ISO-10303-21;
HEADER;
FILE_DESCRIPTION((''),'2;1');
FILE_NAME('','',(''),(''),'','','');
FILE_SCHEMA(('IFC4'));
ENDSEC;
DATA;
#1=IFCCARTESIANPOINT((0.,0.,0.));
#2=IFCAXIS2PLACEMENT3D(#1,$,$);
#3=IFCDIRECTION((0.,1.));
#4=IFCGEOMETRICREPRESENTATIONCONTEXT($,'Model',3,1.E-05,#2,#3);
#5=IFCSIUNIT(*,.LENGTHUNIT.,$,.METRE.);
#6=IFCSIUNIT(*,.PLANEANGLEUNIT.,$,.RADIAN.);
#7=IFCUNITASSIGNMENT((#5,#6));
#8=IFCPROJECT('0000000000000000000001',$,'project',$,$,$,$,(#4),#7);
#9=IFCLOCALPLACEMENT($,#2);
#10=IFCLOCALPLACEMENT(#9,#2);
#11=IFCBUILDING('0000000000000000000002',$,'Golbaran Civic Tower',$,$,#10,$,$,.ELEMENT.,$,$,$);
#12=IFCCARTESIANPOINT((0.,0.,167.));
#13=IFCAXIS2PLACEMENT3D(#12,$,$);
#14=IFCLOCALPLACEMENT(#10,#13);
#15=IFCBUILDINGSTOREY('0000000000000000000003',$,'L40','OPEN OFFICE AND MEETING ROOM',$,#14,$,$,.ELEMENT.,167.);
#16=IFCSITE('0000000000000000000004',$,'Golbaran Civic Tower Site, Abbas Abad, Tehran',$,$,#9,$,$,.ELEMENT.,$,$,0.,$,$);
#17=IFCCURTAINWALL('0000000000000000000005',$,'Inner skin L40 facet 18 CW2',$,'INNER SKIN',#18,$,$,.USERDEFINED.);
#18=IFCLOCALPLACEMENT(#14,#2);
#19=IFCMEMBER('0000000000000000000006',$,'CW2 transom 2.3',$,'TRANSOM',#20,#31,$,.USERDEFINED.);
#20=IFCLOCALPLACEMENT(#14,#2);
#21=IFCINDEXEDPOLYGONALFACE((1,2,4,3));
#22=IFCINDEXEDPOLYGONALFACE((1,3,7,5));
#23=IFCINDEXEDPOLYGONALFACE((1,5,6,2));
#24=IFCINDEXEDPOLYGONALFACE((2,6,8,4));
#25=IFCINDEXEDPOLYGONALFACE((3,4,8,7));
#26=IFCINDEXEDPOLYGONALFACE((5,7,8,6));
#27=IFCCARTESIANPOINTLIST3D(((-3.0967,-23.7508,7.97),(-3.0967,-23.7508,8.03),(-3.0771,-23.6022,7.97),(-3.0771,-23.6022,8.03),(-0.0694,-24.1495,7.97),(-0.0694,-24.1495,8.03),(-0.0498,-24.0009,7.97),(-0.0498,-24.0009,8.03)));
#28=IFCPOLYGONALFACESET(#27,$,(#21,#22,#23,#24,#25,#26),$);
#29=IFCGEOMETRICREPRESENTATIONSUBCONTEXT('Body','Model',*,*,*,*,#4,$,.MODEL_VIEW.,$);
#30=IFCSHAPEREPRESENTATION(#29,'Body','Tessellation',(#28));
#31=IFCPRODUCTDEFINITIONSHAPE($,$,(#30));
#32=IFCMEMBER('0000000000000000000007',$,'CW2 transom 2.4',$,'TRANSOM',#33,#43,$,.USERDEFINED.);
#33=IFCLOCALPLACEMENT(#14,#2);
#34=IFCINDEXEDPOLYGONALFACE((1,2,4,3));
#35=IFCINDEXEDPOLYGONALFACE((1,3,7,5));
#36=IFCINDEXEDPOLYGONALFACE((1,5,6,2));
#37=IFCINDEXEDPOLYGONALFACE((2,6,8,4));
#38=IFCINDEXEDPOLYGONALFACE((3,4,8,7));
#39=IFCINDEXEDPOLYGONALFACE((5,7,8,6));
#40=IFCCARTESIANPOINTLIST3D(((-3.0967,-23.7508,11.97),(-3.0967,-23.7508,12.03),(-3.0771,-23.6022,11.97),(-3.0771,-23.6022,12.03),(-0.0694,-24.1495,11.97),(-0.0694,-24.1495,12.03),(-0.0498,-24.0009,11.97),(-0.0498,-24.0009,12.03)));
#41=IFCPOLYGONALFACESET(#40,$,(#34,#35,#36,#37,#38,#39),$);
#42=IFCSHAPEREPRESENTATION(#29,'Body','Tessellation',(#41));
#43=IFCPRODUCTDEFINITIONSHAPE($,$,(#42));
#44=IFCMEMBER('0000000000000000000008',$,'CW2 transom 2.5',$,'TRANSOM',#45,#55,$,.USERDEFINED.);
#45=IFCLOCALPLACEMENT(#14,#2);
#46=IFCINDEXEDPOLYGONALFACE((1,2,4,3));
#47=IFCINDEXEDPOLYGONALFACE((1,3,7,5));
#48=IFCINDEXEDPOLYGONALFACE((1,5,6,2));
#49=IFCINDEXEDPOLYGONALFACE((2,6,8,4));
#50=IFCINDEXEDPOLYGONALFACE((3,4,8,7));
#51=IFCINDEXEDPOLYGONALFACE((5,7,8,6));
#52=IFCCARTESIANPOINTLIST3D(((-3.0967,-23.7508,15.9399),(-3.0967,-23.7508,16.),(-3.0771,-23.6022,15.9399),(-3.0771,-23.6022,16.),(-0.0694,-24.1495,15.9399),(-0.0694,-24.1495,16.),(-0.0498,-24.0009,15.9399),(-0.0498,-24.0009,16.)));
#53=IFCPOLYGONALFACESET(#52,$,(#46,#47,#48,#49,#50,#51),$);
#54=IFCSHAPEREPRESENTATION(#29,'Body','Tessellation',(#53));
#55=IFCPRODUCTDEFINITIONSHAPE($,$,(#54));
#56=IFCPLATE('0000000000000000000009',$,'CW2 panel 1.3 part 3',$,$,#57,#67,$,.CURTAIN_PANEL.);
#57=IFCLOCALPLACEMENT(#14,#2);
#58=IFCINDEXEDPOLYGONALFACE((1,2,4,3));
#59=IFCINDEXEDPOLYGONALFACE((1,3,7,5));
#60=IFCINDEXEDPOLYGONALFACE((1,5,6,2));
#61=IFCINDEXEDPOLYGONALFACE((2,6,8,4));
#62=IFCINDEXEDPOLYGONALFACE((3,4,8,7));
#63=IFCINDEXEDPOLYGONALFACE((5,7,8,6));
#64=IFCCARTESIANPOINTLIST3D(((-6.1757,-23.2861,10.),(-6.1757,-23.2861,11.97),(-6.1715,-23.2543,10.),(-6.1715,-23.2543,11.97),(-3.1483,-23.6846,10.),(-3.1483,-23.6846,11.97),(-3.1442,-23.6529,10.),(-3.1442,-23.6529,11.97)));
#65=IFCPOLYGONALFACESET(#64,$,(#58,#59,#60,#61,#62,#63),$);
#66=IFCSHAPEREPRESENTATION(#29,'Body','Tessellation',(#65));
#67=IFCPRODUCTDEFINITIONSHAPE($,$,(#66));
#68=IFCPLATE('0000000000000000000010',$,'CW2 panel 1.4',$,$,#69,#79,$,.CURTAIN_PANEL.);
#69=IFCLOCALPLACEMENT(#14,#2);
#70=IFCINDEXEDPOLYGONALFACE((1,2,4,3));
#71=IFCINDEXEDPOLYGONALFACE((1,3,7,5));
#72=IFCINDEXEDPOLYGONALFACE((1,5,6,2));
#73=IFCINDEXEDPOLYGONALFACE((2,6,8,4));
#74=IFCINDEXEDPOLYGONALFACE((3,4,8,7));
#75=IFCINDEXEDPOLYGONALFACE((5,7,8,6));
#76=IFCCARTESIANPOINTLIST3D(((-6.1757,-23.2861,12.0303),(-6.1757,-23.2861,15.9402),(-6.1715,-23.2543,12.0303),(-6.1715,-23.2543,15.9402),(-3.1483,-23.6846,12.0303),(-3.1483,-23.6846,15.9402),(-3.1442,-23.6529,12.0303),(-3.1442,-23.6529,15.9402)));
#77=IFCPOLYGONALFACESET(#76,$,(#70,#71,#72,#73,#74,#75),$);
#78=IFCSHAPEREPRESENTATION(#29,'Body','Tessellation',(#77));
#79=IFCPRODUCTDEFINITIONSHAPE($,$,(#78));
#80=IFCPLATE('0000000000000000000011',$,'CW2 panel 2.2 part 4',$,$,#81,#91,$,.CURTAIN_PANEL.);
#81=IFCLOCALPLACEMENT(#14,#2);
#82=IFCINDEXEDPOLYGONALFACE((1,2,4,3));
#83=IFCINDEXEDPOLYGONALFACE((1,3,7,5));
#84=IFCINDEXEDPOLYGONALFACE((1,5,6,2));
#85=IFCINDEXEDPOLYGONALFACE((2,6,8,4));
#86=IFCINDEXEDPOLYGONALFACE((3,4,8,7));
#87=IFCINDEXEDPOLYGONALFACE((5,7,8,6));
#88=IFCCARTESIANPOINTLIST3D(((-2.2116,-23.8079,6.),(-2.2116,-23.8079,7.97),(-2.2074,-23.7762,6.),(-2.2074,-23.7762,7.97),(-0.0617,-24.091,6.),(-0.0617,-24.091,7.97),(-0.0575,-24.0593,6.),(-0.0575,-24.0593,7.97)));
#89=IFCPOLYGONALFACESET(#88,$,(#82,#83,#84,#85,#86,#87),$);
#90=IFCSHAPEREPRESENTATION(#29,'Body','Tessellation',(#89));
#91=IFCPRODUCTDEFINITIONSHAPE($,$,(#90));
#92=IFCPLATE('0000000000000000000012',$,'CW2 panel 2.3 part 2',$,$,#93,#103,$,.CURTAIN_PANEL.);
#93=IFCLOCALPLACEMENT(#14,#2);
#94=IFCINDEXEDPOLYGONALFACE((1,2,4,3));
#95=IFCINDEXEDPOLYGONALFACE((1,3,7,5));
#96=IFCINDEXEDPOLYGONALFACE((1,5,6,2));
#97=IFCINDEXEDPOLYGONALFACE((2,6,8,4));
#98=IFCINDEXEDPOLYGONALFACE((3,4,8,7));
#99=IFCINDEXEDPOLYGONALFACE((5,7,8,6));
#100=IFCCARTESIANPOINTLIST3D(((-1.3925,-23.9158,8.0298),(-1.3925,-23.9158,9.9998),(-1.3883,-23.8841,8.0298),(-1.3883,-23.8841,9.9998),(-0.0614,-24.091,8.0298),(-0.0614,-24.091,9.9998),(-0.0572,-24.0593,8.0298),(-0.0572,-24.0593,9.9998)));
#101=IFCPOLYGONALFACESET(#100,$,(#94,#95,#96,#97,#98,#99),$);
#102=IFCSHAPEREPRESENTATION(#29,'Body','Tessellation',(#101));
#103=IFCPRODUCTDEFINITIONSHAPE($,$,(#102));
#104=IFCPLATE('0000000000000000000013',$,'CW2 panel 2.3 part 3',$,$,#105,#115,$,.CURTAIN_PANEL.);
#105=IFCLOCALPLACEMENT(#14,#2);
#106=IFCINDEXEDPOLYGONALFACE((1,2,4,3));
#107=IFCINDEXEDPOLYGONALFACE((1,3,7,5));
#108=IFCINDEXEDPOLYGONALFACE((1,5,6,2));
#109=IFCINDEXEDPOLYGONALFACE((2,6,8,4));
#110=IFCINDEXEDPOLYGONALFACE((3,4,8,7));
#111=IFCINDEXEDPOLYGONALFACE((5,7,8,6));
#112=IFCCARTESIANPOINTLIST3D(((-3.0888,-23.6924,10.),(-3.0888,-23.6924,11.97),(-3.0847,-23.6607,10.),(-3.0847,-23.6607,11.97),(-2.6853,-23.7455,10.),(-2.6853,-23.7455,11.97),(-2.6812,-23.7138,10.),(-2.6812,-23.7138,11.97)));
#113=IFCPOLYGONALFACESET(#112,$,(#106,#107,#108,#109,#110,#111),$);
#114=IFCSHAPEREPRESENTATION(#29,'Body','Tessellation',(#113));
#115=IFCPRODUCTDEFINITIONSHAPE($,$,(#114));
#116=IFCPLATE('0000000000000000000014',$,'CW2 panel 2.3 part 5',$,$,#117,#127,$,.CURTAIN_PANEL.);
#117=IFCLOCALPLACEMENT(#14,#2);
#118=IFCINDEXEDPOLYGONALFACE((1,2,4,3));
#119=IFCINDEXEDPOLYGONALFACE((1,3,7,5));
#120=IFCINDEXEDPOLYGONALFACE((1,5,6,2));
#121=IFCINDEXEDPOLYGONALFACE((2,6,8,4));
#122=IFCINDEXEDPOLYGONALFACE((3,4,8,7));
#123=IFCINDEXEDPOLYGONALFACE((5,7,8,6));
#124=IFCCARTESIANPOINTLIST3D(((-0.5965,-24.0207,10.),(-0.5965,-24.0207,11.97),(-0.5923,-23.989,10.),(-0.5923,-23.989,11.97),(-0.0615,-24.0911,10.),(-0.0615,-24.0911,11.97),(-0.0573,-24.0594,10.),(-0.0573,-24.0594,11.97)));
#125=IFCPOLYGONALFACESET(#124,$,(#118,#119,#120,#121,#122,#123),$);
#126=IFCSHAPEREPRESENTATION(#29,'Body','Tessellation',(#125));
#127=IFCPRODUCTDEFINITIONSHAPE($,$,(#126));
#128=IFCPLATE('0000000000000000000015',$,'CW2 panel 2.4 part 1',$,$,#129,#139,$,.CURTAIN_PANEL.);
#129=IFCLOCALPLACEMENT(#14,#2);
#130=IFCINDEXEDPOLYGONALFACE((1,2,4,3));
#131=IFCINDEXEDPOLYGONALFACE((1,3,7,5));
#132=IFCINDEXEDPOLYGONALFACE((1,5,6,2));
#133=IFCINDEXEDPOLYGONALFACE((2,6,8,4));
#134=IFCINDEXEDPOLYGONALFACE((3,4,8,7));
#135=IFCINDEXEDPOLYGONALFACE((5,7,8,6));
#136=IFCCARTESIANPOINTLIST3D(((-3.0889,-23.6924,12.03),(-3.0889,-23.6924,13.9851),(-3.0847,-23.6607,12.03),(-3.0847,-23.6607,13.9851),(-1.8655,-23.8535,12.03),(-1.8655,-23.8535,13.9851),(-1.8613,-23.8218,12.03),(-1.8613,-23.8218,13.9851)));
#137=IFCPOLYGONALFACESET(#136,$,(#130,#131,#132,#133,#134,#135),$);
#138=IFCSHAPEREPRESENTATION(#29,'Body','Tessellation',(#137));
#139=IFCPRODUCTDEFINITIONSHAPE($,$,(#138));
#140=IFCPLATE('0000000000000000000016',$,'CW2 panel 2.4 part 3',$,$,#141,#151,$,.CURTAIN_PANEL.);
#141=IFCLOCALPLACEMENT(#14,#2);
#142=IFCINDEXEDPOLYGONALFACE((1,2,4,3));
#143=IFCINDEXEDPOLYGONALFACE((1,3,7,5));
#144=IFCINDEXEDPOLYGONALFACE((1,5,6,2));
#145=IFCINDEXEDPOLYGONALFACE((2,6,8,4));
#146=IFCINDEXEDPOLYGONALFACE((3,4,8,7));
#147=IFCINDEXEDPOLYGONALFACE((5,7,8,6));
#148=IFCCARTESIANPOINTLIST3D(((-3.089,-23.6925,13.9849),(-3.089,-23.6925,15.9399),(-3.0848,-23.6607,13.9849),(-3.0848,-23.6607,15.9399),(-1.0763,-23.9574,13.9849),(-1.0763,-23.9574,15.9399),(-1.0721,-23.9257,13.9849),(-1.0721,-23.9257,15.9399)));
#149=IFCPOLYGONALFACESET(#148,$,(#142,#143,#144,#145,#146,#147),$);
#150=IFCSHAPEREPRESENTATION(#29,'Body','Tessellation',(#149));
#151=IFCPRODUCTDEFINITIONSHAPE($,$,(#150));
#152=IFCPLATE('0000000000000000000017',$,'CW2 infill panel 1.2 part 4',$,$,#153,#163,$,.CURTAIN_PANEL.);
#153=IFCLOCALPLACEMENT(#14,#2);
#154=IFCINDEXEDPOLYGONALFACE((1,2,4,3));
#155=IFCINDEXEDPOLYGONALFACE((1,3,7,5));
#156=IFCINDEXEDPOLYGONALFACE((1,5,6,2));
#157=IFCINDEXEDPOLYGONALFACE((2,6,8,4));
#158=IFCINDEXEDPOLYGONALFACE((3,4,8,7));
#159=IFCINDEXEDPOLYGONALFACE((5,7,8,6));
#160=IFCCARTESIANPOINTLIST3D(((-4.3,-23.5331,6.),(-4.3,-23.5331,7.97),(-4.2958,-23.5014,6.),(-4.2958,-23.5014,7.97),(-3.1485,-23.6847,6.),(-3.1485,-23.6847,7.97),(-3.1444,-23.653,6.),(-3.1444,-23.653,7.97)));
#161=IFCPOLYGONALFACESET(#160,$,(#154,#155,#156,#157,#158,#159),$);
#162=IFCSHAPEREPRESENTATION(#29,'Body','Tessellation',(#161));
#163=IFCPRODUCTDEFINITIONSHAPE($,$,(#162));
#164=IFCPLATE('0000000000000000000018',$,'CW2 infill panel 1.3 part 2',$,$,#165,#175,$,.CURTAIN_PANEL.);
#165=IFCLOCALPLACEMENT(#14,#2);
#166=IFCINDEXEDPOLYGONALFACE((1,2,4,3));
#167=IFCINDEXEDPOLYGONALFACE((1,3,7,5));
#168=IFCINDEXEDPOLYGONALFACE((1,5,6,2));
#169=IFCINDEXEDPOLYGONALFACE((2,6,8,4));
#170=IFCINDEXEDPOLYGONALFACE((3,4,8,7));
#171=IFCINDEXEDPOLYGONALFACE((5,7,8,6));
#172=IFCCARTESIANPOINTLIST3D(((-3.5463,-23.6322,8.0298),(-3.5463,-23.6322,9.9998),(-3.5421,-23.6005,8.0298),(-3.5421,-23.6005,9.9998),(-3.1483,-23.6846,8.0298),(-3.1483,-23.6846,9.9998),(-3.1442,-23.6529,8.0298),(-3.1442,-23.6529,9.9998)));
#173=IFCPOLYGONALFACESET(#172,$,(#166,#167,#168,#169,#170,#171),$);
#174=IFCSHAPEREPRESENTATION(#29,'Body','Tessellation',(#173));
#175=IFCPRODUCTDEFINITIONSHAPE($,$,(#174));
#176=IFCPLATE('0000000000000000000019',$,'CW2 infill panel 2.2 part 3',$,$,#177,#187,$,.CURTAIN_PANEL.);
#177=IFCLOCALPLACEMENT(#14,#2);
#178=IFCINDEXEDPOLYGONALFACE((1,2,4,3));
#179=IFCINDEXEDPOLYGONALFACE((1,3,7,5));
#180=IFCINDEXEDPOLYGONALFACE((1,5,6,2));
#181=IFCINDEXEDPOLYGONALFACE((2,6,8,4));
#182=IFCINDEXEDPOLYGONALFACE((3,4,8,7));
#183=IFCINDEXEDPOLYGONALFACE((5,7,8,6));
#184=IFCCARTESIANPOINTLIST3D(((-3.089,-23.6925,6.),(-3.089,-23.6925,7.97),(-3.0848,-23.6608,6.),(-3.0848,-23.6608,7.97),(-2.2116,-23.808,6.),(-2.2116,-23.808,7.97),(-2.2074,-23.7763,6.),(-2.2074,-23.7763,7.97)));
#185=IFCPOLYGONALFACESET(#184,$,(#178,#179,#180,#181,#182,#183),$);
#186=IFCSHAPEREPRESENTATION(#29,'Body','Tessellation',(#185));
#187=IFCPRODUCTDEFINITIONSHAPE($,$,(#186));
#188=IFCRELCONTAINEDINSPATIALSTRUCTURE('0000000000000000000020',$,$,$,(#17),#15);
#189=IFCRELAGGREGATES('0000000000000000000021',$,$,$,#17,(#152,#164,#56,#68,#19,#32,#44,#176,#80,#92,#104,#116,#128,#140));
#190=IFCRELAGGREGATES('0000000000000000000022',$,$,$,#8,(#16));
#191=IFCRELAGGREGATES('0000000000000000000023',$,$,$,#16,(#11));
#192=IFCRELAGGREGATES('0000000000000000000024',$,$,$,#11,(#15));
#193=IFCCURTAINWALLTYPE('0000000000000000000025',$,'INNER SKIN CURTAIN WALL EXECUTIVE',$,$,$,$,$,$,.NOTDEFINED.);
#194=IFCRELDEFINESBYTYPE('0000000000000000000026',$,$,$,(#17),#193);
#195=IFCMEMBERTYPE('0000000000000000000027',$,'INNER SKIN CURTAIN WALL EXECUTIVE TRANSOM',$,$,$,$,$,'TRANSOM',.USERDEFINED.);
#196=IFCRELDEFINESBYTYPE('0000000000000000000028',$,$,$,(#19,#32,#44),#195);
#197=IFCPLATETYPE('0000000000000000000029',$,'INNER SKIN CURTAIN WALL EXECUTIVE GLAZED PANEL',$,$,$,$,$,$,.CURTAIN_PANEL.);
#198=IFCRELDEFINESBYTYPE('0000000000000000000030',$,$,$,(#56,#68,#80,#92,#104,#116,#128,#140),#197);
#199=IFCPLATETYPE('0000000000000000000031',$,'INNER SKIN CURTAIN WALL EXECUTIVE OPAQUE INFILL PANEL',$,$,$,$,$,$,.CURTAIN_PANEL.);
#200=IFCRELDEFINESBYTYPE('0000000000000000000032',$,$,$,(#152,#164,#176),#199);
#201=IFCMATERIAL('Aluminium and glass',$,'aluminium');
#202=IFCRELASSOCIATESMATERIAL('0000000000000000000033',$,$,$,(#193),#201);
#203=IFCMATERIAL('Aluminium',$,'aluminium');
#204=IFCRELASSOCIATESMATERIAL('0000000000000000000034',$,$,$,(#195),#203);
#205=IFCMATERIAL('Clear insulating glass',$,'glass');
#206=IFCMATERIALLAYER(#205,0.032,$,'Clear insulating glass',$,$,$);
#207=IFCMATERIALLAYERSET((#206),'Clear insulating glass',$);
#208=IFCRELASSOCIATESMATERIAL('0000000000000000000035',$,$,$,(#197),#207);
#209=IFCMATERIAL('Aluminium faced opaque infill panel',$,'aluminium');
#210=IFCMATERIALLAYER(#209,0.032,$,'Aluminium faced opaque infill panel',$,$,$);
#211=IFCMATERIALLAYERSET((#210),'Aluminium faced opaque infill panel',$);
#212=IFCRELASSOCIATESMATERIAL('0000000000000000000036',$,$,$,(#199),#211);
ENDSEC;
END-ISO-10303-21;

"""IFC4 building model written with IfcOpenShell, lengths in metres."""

from ifc_helpers import new_model, si_unit, direction, frame, origin, origin_2d, place, context, subcontext, project, spatial, rectangle, extrude, material, layer, layer_set, material_profile, profile_set, type_object, element, aggregate, save


model = new_model("IFC4")

# Units and contexts
model_context = context("Model", 3, precision=1e-05, world=origin(), true_north=direction((0.0, 1.0)))
body_context = subcontext(model_context, "Body", "Model", "MODEL_VIEW")
ifc_project = project(units=[si_unit("LENGTHUNIT", "METRE"), si_unit("PLANEANGLEUNIT", "RADIAN")], contexts=[model_context])

# Site, building, storey
site_placement = place(None, origin())
site = spatial("IfcSite", under=ifc_project, at=site_placement, Name="Golbaran Civic Tower Site, Abbas Abad, Tehran", CompositionType="ELEMENT", RefElevation=0.0)
building_placement = place(site_placement, origin())
building = spatial("IfcBuilding", under=site, at=building_placement, Name="Golbaran Civic Tower", CompositionType="ELEMENT")
storey_placement = place(building_placement, frame((0.0, 0.0, 167.0)))
storey = spatial("IfcBuildingStorey", under=building, at=storey_placement, Name="L40", Description="OPEN OFFICE AND MEETING ROOM", CompositionType="ELEMENT", Elevation=167.0)

# Curtain wall, members, plates
ifc_material_1 = material(Name="Aluminium and glass", Category="aluminium")
curtain_wall_type_1 = type_object("IfcCurtainWallType", Name="INNER SKIN CURTAIN WALL EXECUTIVE", PredefinedType="NOTDEFINED", material=ifc_material_1)
curtain_wall_1_placement = place(storey_placement, origin())
curtain_wall_1 = element("IfcCurtainWall", 1, at=curtain_wall_1_placement, inside=storey, type_object=curtain_wall_type_1, Name="Inner skin L40 facet 18 CW2", ObjectType="INNER SKIN", PredefinedType="USERDEFINED")
ifc_material_2 = material(Name="Aluminium", Category="aluminium")
ifc_material_profile = material_profile(ifc_material_2, rectangle(XDim=0.1499, YDim=0.0601, at=origin_2d()), Name="INNER SKIN CURTAIN WALL EXECUTIVE TRANSOM")
ifc_profile_set = profile_set([ifc_material_profile], Name="Aluminium")
member_type = type_object("IfcMemberType", Name="INNER SKIN CURTAIN WALL EXECUTIVE TRANSOM", ElementType="TRANSOM", PredefinedType="USERDEFINED", material=ifc_profile_set)
member_1_placement = place(storey_placement, frame((-3.0869, -23.6765, 8.0), z_axis=(0.99144, -0.130566, 0.0), x_axis=(0.130566, 0.99144, 0.0)))
member_1 = element("IfcMember", 2, at=member_1_placement, type_object=member_type, Name="CW2 transom 2.3", ObjectType="TRANSOM", PredefinedType="USERDEFINED", context=body_context, shape_type="SweptSolid", body=[
    extrude(rectangle(XDim=0.1499, YDim=0.0601, at=origin_2d()), origin(), (0.0, 0.0, 1.0), 3.0535),
])
member_2_placement = place(storey_placement, frame((-3.0869, -23.6765, 12.0), z_axis=(0.99144, -0.130566, 0.0), x_axis=(0.130566, 0.99144, 0.0)))
member_2 = element("IfcMember", 3, at=member_2_placement, type_object=member_type, Name="CW2 transom 2.4", ObjectType="TRANSOM", PredefinedType="USERDEFINED", context=body_context, shape_type="SweptSolid", body=[
    extrude(rectangle(XDim=0.1499, YDim=0.0601, at=origin_2d()), origin(), (0.0, 0.0, 1.0), 3.0535),
])
member_3_placement = place(storey_placement, frame((-3.0869, -23.6765, 15.97), z_axis=(0.99144, -0.130566, 0.0), x_axis=(0.130566, 0.99144, 0.0)))
member_3 = element("IfcMember", 4, at=member_3_placement, type_object=member_type, Name="CW2 transom 2.5", ObjectType="TRANSOM", PredefinedType="USERDEFINED", context=body_context, shape_type="SweptSolid", body=[
    extrude(rectangle(XDim=0.1499, YDim=0.0601, at=origin_2d()), origin(), (0.0, 0.0, 1.0), 3.0535),
])
ifc_material_3 = material(Name="Clear insulating glass", Category="glass")
ifc_layer_1 = layer(ifc_material_3, 0.032, Name="Clear insulating glass")
ifc_layer_set_1 = layer_set([ifc_layer_1], Name="Clear insulating glass")
plate_type_1 = type_object("IfcPlateType", Name="INNER SKIN CURTAIN WALL EXECUTIVE GLAZED PANEL", PredefinedType="CURTAIN_PANEL", material=ifc_layer_set_1)
plate_1_placement = place(storey_placement, frame((-4.6599, -23.4695, 10.0), z_axis=(0.0, 0.0, 1.0), x_axis=(0.991445, -0.130526, 0.0)))
plate_1 = element("IfcPlate", 5, at=plate_1_placement, type_object=plate_type_1, Name="CW2 panel 1.3 part 3", PredefinedType="CURTAIN_PANEL", context=body_context, shape_type="SweptSolid", body=[
    extrude(rectangle(XDim=3.0535, YDim=0.032, at=origin_2d()), origin(), (0.0, 0.0, 1.0), 1.97),
])
plate_2_placement = place(storey_placement, frame((-4.6599, -23.4695, 12.0303), z_axis=(0.0, 0.0, 1.0), x_axis=(0.991445, -0.130526, 0.0)))
plate_2 = element("IfcPlate", 6, at=plate_2_placement, type_object=plate_type_1, Name="CW2 panel 1.4", PredefinedType="CURTAIN_PANEL", context=body_context, shape_type="SweptSolid", body=[
    extrude(rectangle(XDim=3.0535, YDim=0.032, at=origin_2d()), origin(), (0.0, 0.0, 1.0), 3.9099),
])
plate_3_placement = place(storey_placement, frame((-1.1345, -23.9336, 6.0), z_axis=(0.0, 0.0, 1.0), x_axis=(0.991445, -0.130526, 0.0)))
plate_3 = element("IfcPlate", 7, at=plate_3_placement, type_object=plate_type_1, Name="CW2 panel 2.2 part 4", PredefinedType="CURTAIN_PANEL", context=body_context, shape_type="SweptSolid", body=[
    extrude(rectangle(XDim=2.1685, YDim=0.032, at=origin_2d()), origin(), (0.0, 0.0, 1.0), 1.97),
])
plate_4_placement = place(storey_placement, frame((-0.7249, -23.9875, 8.0298), z_axis=(0.0, 0.0, 1.0), x_axis=(0.991445, -0.130526, 0.0)))
plate_4 = element("IfcPlate", 8, at=plate_4_placement, type_object=plate_type_1, Name="CW2 panel 2.3 part 2", PredefinedType="CURTAIN_PANEL", context=body_context, shape_type="SweptSolid", body=[
    extrude(rectangle(XDim=1.3425, YDim=0.032, at=origin_2d()), origin(), (0.0, 0.0, 1.0), 1.97),
])
plate_5_placement = place(storey_placement, frame((-2.885, -23.7031, 10.0), z_axis=(0.0, 0.0, 1.0), x_axis=(0.991445, -0.130526, 0.0)))
plate_5 = element("IfcPlate", 9, at=plate_5_placement, type_object=plate_type_1, Name="CW2 panel 2.3 part 3", PredefinedType="CURTAIN_PANEL", context=body_context, shape_type="SweptSolid", body=[
    extrude(rectangle(XDim=0.407, YDim=0.032, at=origin_2d()), origin(), (0.0, 0.0, 1.0), 1.97),
])
plate_6_placement = place(storey_placement, frame((-0.3269, -24.04, 10.0), z_axis=(0.0, 0.0, 1.0), x_axis=(0.991445, -0.130526, 0.0)))
plate_6 = element("IfcPlate", 10, at=plate_6_placement, type_object=plate_type_1, Name="CW2 panel 2.3 part 5", PredefinedType="CURTAIN_PANEL", context=body_context, shape_type="SweptSolid", body=[
    extrude(rectangle(XDim=0.5396, YDim=0.032, at=origin_2d()), origin(), (0.0, 0.0, 1.0), 1.97),
])
plate_7_placement = place(storey_placement, frame((-2.4751, -23.7571, 12.03), z_axis=(0.0, 0.0, 1.0), x_axis=(0.991445, -0.130526, 0.0)))
plate_7 = element("IfcPlate", 11, at=plate_7_placement, type_object=plate_type_1, Name="CW2 panel 2.4 part 1", PredefinedType="CURTAIN_PANEL", context=body_context, shape_type="SweptSolid", body=[
    extrude(rectangle(XDim=1.2339, YDim=0.032, at=origin_2d()), origin(), (0.0, 0.0, 1.0), 1.9551),
])
plate_8_placement = place(storey_placement, frame((-2.0806, -23.8091, 13.9849), z_axis=(0.0, 0.0, 1.0), x_axis=(0.991445, -0.130526, 0.0)))
plate_8 = element("IfcPlate", 12, at=plate_8_placement, type_object=plate_type_1, Name="CW2 panel 2.4 part 3", PredefinedType="CURTAIN_PANEL", context=body_context, shape_type="SweptSolid", body=[
    extrude(rectangle(XDim=2.03, YDim=0.032, at=origin_2d()), origin(), (0.0, 0.0, 1.0), 1.9551),
])
ifc_material_4 = material(Name="Aluminium faced opaque infill panel", Category="aluminium")
ifc_layer_2 = layer(ifc_material_4, 0.032, Name="Aluminium faced opaque infill panel")
ifc_layer_set_2 = layer_set([ifc_layer_2], Name="Aluminium faced opaque infill panel")
plate_type_2 = type_object("IfcPlateType", Name="INNER SKIN CURTAIN WALL EXECUTIVE OPAQUE INFILL PANEL", PredefinedType="CURTAIN_PANEL", material=ifc_layer_set_2)
plate_9_placement = place(storey_placement, frame((-3.7222, -23.593, 6.0), z_axis=(0.0, 0.0, 1.0), x_axis=(0.991445, -0.130526, 0.0)))
plate_9 = element("IfcPlate", 13, at=plate_9_placement, type_object=plate_type_2, Name="CW2 infill panel 1.2 part 4", PredefinedType="CURTAIN_PANEL", context=body_context, shape_type="SweptSolid", body=[
    extrude(rectangle(XDim=1.1614, YDim=0.032, at=origin_2d()), origin(), (0.0, 0.0, 1.0), 1.97),
])
plate_10_placement = place(storey_placement, frame((-3.3452, -23.6426, 8.0298), z_axis=(0.0, 0.0, 1.0), x_axis=(0.991445, -0.130526, 0.0)))
plate_10 = element("IfcPlate", 14, at=plate_10_placement, type_object=plate_type_2, Name="CW2 infill panel 1.3 part 2", PredefinedType="CURTAIN_PANEL", context=body_context, shape_type="SweptSolid", body=[
    extrude(rectangle(XDim=0.4014, YDim=0.032, at=origin_2d()), origin(), (0.0, 0.0, 1.0), 1.97),
])
plate_11_placement = place(storey_placement, frame((-2.6482, -23.7344, 6.0), z_axis=(0.0, 0.0, 1.0), x_axis=(0.991445, -0.130526, 0.0)))
plate_11 = element("IfcPlate", 15, at=plate_11_placement, type_object=plate_type_2, Name="CW2 infill panel 2.2 part 3", PredefinedType="CURTAIN_PANEL", context=body_context, shape_type="SweptSolid", body=[
    extrude(rectangle(XDim=0.885, YDim=0.032, at=origin_2d()), origin(), (0.0, 0.0, 1.0), 1.97),
])
aggregate(curtain_wall_1, [plate_9, plate_10, plate_1, plate_2, member_1, member_2, member_3, plate_11, plate_3, plate_4, plate_5, plate_6, plate_7, plate_8])

save(model, "model.ifc")
